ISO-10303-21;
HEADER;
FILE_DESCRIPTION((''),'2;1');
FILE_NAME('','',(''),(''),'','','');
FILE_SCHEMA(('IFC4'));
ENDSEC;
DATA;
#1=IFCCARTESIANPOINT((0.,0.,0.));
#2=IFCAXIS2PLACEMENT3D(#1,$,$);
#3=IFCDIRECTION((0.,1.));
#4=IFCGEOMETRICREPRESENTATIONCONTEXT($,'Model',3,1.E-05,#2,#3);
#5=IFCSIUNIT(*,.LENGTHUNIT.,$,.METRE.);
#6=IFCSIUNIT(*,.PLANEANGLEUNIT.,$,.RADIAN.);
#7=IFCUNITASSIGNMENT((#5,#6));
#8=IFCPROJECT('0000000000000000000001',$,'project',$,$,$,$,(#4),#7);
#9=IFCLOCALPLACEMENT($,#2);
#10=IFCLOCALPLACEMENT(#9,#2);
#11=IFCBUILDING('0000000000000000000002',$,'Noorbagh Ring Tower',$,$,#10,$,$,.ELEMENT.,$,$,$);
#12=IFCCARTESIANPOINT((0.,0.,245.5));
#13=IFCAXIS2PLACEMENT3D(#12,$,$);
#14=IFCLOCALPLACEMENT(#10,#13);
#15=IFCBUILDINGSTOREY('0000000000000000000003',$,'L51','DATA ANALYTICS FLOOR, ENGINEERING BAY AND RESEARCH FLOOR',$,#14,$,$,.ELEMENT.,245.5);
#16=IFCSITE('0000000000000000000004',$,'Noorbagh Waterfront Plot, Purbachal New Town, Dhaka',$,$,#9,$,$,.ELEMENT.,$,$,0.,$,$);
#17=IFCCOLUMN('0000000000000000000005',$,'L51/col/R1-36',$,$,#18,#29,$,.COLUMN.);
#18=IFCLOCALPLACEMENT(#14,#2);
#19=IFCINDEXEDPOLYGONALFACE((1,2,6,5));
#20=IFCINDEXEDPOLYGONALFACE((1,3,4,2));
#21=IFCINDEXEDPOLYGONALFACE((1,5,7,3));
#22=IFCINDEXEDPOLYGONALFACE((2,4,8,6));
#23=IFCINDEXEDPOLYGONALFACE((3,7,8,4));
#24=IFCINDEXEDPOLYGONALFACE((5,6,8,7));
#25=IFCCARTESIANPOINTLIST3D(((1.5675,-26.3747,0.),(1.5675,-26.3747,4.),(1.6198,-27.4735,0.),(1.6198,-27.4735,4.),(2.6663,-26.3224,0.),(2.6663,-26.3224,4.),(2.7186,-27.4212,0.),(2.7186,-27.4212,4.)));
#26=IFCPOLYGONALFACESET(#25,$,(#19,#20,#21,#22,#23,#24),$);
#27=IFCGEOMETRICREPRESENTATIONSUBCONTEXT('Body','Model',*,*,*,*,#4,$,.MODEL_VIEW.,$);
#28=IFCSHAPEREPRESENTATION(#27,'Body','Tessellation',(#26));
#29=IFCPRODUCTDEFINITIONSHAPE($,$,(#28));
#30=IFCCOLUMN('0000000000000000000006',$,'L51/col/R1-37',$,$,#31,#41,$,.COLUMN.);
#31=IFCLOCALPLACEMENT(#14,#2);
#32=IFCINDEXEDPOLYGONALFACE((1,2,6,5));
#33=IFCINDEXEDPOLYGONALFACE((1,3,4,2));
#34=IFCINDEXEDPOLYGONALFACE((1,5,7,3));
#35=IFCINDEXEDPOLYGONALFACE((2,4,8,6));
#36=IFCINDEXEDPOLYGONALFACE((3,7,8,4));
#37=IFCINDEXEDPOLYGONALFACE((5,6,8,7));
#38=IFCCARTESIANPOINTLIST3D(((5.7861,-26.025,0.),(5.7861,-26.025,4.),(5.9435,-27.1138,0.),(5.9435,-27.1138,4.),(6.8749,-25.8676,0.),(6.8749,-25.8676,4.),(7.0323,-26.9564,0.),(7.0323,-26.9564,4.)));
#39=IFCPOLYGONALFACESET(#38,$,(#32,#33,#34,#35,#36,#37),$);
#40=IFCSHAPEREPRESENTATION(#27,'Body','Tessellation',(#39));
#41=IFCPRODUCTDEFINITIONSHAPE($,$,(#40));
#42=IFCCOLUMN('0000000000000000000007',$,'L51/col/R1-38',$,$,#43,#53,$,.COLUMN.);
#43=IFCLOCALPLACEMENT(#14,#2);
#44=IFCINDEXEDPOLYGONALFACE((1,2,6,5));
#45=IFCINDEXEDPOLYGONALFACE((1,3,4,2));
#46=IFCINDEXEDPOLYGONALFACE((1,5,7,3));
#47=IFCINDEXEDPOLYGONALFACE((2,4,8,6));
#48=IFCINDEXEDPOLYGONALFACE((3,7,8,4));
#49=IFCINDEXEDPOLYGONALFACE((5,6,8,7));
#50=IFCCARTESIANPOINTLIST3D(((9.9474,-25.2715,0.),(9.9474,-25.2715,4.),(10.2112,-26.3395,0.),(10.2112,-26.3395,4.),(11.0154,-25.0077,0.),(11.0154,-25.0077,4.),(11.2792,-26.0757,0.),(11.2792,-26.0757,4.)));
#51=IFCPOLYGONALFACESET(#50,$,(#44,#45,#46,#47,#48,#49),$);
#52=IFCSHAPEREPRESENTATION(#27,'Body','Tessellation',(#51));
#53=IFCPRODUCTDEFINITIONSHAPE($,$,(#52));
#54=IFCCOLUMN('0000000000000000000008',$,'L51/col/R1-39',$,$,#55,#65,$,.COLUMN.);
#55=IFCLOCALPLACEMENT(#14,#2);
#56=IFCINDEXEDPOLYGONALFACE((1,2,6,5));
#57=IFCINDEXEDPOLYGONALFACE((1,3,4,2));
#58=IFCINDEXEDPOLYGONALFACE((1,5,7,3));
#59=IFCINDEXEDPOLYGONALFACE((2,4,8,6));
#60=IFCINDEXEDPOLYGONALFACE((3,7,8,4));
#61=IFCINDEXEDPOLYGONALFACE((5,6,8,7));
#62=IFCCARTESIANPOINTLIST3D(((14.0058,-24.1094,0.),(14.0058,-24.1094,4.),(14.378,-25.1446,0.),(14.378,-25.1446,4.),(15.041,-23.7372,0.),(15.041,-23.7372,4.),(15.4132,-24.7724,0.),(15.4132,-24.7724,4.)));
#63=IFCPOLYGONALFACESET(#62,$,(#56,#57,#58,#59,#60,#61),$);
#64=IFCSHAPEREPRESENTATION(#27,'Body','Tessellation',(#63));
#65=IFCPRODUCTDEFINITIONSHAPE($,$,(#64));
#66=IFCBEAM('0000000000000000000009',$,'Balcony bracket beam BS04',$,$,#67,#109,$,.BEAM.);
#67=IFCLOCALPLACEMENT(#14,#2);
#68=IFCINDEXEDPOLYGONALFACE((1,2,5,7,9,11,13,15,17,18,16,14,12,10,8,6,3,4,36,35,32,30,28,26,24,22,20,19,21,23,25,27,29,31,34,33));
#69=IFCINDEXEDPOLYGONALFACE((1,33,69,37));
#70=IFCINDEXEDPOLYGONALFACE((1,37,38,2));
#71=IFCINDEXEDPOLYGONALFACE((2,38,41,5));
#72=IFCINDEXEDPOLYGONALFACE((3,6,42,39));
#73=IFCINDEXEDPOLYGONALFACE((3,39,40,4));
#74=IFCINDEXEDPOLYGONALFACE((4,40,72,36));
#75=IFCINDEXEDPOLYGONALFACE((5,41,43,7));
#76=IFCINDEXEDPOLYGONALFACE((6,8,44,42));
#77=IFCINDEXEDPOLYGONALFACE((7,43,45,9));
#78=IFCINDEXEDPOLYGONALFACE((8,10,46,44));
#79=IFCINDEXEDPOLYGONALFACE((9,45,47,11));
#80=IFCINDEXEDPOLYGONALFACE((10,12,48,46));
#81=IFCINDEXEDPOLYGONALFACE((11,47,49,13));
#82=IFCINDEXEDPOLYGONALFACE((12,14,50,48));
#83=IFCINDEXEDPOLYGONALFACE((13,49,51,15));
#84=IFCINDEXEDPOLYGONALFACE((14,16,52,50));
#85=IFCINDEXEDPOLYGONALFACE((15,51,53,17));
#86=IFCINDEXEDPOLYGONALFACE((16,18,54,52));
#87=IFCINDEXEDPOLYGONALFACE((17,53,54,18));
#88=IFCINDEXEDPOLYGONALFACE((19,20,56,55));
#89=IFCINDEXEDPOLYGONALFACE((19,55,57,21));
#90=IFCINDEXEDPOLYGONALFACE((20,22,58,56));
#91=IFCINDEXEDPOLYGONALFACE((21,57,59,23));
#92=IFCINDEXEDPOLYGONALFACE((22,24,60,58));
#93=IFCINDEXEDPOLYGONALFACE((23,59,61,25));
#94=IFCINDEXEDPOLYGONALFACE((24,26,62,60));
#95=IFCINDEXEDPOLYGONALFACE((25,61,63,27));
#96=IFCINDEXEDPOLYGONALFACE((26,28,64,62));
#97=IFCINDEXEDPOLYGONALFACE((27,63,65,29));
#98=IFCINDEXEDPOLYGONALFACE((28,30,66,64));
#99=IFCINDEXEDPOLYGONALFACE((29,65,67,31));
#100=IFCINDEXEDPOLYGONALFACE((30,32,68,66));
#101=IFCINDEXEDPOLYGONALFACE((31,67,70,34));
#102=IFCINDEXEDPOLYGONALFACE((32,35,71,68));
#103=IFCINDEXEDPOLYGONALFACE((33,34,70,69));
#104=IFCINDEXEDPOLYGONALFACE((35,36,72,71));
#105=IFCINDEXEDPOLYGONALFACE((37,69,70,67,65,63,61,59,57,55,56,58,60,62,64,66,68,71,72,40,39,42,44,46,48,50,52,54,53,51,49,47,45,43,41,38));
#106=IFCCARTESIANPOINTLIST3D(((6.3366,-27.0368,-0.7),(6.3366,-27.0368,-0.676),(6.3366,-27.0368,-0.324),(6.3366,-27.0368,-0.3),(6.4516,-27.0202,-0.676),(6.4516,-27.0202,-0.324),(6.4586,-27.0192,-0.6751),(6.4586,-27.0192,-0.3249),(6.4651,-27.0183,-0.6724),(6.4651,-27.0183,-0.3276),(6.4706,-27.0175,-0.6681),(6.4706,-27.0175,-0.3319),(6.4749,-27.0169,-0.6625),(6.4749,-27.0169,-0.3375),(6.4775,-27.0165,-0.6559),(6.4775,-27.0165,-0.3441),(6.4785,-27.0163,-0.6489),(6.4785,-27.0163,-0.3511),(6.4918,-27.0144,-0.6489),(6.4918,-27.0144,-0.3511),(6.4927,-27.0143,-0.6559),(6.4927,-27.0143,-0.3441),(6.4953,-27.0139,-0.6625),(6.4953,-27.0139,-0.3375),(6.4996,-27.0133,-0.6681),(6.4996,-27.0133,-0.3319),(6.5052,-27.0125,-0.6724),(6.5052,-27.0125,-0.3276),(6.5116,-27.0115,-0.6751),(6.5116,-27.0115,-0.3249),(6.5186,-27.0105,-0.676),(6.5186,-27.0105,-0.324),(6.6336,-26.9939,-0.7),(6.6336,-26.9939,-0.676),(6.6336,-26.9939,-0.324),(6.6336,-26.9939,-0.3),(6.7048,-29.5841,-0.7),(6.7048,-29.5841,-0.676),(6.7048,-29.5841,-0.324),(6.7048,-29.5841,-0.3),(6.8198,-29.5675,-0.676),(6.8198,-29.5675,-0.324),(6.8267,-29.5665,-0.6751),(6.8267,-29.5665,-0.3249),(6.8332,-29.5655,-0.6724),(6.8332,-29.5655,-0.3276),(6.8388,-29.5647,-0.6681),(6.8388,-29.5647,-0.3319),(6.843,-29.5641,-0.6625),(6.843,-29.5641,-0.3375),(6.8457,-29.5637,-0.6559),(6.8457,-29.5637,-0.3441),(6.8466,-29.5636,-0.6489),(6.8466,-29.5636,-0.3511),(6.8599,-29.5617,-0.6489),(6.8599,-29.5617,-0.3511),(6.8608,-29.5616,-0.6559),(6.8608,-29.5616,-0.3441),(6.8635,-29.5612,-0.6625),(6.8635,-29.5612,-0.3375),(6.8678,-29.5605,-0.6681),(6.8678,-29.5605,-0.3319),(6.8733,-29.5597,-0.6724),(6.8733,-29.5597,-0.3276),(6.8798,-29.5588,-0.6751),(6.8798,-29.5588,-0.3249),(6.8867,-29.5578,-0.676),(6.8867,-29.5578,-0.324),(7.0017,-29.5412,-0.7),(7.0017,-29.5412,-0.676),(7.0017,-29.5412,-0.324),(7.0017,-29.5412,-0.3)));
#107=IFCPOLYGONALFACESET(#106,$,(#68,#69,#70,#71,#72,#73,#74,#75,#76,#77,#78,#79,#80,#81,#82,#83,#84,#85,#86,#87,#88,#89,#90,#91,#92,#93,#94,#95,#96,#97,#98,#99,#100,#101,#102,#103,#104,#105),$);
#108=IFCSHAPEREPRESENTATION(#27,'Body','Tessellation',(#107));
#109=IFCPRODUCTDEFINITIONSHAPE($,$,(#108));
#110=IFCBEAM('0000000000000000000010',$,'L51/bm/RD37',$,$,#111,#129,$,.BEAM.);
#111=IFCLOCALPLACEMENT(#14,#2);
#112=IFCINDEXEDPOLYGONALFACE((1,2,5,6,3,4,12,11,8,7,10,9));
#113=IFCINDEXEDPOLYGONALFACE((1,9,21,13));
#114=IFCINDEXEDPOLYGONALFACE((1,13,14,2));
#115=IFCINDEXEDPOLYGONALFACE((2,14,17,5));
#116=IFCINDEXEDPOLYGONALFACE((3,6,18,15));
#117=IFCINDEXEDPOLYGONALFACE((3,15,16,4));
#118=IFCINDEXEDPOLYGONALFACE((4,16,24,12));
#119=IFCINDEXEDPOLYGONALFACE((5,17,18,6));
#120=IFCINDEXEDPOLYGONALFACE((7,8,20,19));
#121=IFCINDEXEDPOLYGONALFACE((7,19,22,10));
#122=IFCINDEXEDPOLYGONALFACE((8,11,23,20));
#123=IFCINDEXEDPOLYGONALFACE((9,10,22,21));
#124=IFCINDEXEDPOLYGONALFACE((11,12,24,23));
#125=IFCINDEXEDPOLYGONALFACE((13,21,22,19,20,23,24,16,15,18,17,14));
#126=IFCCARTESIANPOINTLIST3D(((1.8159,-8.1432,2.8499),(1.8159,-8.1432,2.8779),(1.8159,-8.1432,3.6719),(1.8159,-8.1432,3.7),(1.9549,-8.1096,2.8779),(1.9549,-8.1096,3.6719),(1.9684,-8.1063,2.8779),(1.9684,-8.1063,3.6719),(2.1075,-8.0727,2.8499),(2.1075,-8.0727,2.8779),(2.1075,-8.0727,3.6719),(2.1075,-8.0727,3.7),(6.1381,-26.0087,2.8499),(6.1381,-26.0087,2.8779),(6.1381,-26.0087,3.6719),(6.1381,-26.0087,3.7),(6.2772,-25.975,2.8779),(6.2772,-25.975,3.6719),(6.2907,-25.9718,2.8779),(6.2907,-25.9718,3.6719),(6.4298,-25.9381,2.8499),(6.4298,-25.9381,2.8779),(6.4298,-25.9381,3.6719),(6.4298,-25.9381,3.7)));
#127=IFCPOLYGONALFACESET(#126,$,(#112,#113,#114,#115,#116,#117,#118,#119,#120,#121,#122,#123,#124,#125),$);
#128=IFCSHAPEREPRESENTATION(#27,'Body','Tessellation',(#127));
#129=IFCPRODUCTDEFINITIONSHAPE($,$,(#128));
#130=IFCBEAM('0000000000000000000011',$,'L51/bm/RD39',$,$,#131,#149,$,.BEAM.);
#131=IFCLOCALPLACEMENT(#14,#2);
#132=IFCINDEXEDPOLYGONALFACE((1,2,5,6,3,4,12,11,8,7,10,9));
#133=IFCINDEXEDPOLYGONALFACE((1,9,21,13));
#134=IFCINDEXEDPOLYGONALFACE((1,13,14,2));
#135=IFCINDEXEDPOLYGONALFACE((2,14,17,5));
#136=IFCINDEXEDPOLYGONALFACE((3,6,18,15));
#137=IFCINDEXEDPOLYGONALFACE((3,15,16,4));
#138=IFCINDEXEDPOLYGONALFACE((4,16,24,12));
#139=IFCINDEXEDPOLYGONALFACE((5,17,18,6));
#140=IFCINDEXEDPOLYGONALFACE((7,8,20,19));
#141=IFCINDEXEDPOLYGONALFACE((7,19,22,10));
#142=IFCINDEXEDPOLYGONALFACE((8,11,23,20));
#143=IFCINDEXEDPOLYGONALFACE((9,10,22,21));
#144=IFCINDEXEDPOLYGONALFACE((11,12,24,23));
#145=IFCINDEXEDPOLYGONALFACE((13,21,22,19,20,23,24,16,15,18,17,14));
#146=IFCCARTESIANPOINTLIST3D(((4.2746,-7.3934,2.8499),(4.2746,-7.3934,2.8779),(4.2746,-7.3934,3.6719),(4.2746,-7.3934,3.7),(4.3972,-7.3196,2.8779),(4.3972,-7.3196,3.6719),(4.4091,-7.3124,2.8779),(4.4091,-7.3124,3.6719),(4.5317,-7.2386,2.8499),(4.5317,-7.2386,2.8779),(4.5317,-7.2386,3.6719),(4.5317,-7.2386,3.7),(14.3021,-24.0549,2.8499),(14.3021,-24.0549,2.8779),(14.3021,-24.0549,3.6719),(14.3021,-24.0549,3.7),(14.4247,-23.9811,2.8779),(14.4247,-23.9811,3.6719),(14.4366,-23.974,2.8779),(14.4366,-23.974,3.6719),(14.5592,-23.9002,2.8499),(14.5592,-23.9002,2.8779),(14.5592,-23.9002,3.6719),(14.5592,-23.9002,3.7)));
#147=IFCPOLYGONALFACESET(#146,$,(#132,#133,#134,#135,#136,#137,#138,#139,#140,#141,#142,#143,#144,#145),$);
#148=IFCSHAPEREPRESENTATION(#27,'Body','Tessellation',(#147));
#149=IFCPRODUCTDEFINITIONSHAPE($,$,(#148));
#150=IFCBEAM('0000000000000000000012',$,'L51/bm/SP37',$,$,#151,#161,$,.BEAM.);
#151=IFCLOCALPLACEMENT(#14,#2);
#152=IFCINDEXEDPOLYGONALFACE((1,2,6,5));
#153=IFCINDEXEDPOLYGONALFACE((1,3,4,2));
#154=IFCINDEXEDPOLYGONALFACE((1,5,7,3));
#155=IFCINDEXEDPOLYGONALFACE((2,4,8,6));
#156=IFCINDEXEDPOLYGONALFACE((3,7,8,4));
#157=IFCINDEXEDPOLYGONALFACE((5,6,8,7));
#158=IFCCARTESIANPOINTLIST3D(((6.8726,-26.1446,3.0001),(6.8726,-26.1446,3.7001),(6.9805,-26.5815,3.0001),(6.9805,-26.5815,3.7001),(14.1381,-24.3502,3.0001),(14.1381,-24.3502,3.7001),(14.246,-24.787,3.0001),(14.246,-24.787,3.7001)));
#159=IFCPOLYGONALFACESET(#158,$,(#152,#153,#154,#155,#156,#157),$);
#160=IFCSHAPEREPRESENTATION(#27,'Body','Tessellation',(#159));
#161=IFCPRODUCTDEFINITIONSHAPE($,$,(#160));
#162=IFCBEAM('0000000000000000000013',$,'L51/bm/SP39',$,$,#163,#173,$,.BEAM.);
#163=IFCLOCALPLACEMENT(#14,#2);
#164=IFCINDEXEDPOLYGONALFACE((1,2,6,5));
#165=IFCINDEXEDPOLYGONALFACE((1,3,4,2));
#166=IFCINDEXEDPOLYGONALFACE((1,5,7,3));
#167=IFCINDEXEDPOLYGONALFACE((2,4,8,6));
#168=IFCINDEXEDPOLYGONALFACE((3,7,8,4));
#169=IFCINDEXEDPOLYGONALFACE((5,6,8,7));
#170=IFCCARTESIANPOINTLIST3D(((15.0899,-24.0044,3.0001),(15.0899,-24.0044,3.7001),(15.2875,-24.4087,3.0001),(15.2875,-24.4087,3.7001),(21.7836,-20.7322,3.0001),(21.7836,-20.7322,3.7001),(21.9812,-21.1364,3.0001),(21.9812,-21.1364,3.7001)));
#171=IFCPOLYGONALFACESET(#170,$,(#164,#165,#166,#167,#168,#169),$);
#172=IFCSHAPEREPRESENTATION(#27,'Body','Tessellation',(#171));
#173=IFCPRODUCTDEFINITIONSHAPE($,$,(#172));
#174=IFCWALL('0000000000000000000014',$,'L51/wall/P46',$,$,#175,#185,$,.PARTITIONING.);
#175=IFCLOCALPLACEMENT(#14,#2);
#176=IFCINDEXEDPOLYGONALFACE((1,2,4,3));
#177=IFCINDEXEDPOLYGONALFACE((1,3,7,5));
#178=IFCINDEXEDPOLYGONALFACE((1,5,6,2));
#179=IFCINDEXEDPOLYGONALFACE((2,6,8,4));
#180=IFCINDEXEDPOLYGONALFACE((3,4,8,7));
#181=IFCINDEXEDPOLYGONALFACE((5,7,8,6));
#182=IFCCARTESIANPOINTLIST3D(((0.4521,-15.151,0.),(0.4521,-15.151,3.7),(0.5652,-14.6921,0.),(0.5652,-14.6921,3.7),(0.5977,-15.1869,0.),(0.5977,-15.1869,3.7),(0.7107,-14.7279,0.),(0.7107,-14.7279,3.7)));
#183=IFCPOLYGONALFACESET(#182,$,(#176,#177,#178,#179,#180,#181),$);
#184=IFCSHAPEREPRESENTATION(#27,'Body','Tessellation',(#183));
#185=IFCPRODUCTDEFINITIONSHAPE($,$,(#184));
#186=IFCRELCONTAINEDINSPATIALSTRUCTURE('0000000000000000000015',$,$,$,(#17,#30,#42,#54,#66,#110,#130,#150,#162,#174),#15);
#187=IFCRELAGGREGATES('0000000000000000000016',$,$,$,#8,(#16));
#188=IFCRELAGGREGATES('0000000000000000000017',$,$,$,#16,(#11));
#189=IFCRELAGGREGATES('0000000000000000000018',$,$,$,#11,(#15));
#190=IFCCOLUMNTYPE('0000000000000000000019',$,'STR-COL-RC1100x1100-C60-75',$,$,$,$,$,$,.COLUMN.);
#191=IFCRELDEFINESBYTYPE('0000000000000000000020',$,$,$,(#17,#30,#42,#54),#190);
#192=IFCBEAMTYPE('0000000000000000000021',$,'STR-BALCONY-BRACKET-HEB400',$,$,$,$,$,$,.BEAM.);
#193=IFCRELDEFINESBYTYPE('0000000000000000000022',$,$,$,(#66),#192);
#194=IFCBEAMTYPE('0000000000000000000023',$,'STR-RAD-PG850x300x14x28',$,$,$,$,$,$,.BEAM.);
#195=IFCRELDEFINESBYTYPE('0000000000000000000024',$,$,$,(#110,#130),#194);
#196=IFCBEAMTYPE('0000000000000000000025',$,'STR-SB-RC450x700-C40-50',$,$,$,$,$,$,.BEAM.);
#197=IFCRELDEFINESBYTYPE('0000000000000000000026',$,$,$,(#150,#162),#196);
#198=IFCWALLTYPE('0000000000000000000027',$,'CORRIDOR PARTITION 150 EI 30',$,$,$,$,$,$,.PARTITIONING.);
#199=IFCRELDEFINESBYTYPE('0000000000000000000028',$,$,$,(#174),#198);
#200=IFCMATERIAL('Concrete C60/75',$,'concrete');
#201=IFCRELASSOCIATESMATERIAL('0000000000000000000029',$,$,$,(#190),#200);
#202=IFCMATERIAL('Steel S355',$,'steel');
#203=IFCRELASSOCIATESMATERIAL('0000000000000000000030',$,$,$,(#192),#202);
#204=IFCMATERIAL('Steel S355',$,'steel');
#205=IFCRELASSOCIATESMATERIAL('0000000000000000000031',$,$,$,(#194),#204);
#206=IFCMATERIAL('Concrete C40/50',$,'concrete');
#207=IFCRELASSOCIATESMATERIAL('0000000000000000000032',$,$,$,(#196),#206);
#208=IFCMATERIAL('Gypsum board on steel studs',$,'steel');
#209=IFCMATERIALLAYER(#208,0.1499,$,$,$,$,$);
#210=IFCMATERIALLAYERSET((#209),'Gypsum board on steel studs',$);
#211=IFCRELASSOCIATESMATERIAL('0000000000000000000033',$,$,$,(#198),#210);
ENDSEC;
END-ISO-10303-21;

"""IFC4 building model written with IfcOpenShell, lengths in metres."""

from ifc_helpers import new_model, si_unit, direction, frame, frame_2d, origin, origin_2d, place, context, subcontext, project, spatial, rectangle, i_section, extrude, material, layer, layer_set, material_profile, profile_set, type_object, element, save


model = new_model("IFC4")

# Units and contexts
model_context = context("Model", 3, precision=1e-05, world=origin(), true_north=direction((0.0, 1.0)))
body_context = subcontext(model_context, "Body", "Model", "MODEL_VIEW")
ifc_project = project(units=[si_unit("LENGTHUNIT", "METRE"), si_unit("PLANEANGLEUNIT", "RADIAN")], contexts=[model_context])

# Site, building, storey
site_placement = place(None, origin())
site = spatial("IfcSite", under=ifc_project, at=site_placement, Name="Noorbagh Waterfront Plot, Purbachal New Town, Dhaka", CompositionType="ELEMENT", RefElevation=0.0)
building_placement = place(site_placement, origin())
building = spatial("IfcBuilding", under=site, at=building_placement, Name="Noorbagh Ring Tower", CompositionType="ELEMENT")
storey_placement = place(building_placement, frame((0.0, 0.0, 245.5)))
storey = spatial("IfcBuildingStorey", under=building, at=storey_placement, Name="L51", Description="DATA ANALYTICS FLOOR, ENGINEERING BAY AND RESEARCH FLOOR", CompositionType="ELEMENT", Elevation=245.5)

# Columns
ifc_material_1 = material(Name="Concrete C60/75", Category="concrete")
ifc_material_profile_1 = material_profile(ifc_material_1, rectangle(XDim=1.1001, YDim=1.1001, at=origin_2d()), Name="RC1100x1100")
ifc_profile_set_1 = profile_set([ifc_material_profile_1], Name="Concrete C60/75")
column_type = type_object("IfcColumnType", Name="STR-COL-RC1100x1100-C60-75", PredefinedType="COLUMN", material=ifc_profile_set_1)
for number, where, z_axis, x_axis, name in (
    (1, (2.1431, -26.8979, 0.0), (0.0, 0.0, 1.0), (0.998869, 0.047553, 0.0), "L51/col/R1-36"),
    (2, (6.4092, -26.4907, 0.0), (0.0, 0.0, 1.0), (0.989713, 0.143066, 0.0), "L51/col/R1-37"),
    (3, (10.6133, -25.6736, 0.0), (0.0, 0.0, 1.0), (0.970829, 0.239771, 0.0), "L51/col/R1-38"),
    (4, (14.7095, -24.4409, 0.0), (0.0, 0.0, 1.0), (0.941025, 0.338338, 0.0), "L51/col/R1-39"),
):
    element("IfcColumn", number, at=place(storey_placement, frame(where, z_axis=z_axis, x_axis=x_axis)), inside=storey, type_object=column_type, Name=name, PredefinedType="COLUMN", context=body_context, shape_type="SweptSolid", body=[
        extrude(rectangle(XDim=1.1001, YDim=1.1001, at=origin_2d()), origin(), (0.0, 0.0, 1.0), 4.0),
    ])

# Beams
ifc_material_2 = material(Name="Steel S355", Category="steel")
ifc_material_profile_2 = material_profile(ifc_material_2, i_section(OverallWidth=0.3, OverallDepth=0.3999, WebThickness=0.0134, FlangeThickness=0.0239, FilletRadius=0.0271, at=origin_2d()), Name="HEB400")
ifc_profile_set_2 = profile_set([ifc_material_profile_2], Name="Steel S355")
beam_type_1 = type_object("IfcBeamType", Name="STR-BALCONY-BRACKET-HEB400", PredefinedType="BEAM", material=ifc_profile_set_2)
beam_1_placement = place(storey_placement, frame((6.4851, -27.0154, -0.5), z_axis=(0.143041, -0.989717, 0.0), x_axis=(0.989717, 0.143041, 0.0)))
element("IfcBeam", 5, at=beam_1_placement, inside=storey, type_object=beam_type_1, Name="Balcony bracket beam BS04", PredefinedType="BEAM", context=body_context, shape_type="SweptSolid", body=[
    extrude(i_section(OverallWidth=0.3, OverallDepth=0.3999, WebThickness=0.0134, FlangeThickness=0.0239, FilletRadius=0.0271, at=origin_2d()), origin(), (0.0, 0.0, 1.0), 2.5737),
])
ifc_material_3 = material(Name="Steel S355", Category="steel")
ifc_material_profile_3 = material_profile(ifc_material_3, i_section(OverallWidth=0.3, OverallDepth=0.8501, WebThickness=0.0139, FlangeThickness=0.0281, at=origin_2d()), Name="PG850x300x14x28")
ifc_profile_set_3 = profile_set([ifc_material_profile_3], Name="Steel S355")
beam_type_2 = type_object("IfcBeamType", Name="STR-RAD-PG850x300x14x28", PredefinedType="BEAM", material=ifc_profile_set_3)
beam_2_placement = place(storey_placement, frame((6.2839, -25.9734, 3.2749), z_axis=(-0.23515, 0.971959, 0.0), x_axis=(-0.971959, -0.23515, 0.0)))
element("IfcBeam", 6, at=beam_2_placement, inside=storey, type_object=beam_type_2, Name="L51/bm/RD37", PredefinedType="BEAM", context=body_context, shape_type="SweptSolid", body=[
    extrude(i_section(OverallWidth=0.3, OverallDepth=0.8501, WebThickness=0.0139, FlangeThickness=0.0281, at=origin_2d()), origin(), (0.0, 0.0, 1.0), 18.3809),
])
beam_3_placement = place(storey_placement, frame((14.4307, -23.9775, 3.2749), z_axis=(-0.515653, 0.856798, 0.0), x_axis=(-0.856798, -0.515653, 0.0)))
element("IfcBeam", 7, at=beam_3_placement, inside=storey, type_object=beam_type_2, Name="L51/bm/RD39", PredefinedType="BEAM", context=body_context, shape_type="SweptSolid", body=[
    extrude(i_section(OverallWidth=0.3, OverallDepth=0.8501, WebThickness=0.0139, FlangeThickness=0.0281, at=origin_2d()), origin(), (0.0, 0.0, 1.0), 19.4463),
])
ifc_material_4 = material(Name="Concrete C40/50", Category="concrete")
ifc_material_profile_4 = material_profile(ifc_material_4, rectangle(XDim=0.45, YDim=0.7, at=origin_2d()), Name="RC450x700")
ifc_profile_set_4 = profile_set([ifc_material_profile_4], Name="Concrete C40/50")
beam_type_3 = type_object("IfcBeamType", Name="STR-SB-RC450x700-C40-50", PredefinedType="BEAM", material=ifc_profile_set_4)
beam_4_placement = place(storey_placement, frame((6.9265, -26.363, 3.3501), z_axis=(0.970829, 0.239771, 0.0), x_axis=(-0.239771, 0.970829, 0.0)))
element("IfcBeam", 8, at=beam_4_placement, inside=storey, type_object=beam_type_3, Name="L51/bm/SP37", PredefinedType="BEAM", context=body_context, shape_type="SweptSolid", body=[
    extrude(rectangle(XDim=0.45, YDim=0.7, at=origin_2d()), origin(), (0.0, 0.0, 1.0), 7.4839),
])
beam_5_placement = place(storey_placement, frame((15.1887, -24.2065, 3.3501), z_axis=(0.898396, 0.439187, 0.0), x_axis=(-0.439187, 0.898396, 0.0)))
element("IfcBeam", 9, at=beam_5_placement, inside=storey, type_object=beam_type_3, Name="L51/bm/SP39", PredefinedType="BEAM", context=body_context, shape_type="SweptSolid", body=[
    extrude(rectangle(XDim=0.45, YDim=0.7, at=origin_2d()), origin(), (0.0, 0.0, 1.0), 7.4507),
])

# Wall
ifc_material_5 = material(Name="Gypsum board on steel studs", Category="steel")
ifc_layer_1 = layer(ifc_material_5, 0.1499)
ifc_layer_set_1 = layer_set([ifc_layer_1], Name="Gypsum board on steel studs")
wall_type_1 = type_object("IfcWallType", Name="CORRIDOR PARTITION 150 EI 30", PredefinedType="PARTITIONING", material=ifc_layer_set_1)
wall_1_placement = place(storey_placement, frame((0.5249, -15.1689, 0.0), z_axis=(0.0, 0.0, 1.0), x_axis=(0.239131, 0.970987, 0.0)))
element("IfcWall", 10, at=wall_1_placement, inside=storey, type_object=wall_type_1, Name="L51/wall/P46", PredefinedType="PARTITIONING", context=body_context, shape_type="SweptSolid", body=[
    extrude(rectangle(XDim=0.4727, YDim=0.1499, at=frame_2d((0.2363, 0.0))), origin(), (0.0, 0.0, 1.0), 3.7),
])

save(model, "model.ifc")
